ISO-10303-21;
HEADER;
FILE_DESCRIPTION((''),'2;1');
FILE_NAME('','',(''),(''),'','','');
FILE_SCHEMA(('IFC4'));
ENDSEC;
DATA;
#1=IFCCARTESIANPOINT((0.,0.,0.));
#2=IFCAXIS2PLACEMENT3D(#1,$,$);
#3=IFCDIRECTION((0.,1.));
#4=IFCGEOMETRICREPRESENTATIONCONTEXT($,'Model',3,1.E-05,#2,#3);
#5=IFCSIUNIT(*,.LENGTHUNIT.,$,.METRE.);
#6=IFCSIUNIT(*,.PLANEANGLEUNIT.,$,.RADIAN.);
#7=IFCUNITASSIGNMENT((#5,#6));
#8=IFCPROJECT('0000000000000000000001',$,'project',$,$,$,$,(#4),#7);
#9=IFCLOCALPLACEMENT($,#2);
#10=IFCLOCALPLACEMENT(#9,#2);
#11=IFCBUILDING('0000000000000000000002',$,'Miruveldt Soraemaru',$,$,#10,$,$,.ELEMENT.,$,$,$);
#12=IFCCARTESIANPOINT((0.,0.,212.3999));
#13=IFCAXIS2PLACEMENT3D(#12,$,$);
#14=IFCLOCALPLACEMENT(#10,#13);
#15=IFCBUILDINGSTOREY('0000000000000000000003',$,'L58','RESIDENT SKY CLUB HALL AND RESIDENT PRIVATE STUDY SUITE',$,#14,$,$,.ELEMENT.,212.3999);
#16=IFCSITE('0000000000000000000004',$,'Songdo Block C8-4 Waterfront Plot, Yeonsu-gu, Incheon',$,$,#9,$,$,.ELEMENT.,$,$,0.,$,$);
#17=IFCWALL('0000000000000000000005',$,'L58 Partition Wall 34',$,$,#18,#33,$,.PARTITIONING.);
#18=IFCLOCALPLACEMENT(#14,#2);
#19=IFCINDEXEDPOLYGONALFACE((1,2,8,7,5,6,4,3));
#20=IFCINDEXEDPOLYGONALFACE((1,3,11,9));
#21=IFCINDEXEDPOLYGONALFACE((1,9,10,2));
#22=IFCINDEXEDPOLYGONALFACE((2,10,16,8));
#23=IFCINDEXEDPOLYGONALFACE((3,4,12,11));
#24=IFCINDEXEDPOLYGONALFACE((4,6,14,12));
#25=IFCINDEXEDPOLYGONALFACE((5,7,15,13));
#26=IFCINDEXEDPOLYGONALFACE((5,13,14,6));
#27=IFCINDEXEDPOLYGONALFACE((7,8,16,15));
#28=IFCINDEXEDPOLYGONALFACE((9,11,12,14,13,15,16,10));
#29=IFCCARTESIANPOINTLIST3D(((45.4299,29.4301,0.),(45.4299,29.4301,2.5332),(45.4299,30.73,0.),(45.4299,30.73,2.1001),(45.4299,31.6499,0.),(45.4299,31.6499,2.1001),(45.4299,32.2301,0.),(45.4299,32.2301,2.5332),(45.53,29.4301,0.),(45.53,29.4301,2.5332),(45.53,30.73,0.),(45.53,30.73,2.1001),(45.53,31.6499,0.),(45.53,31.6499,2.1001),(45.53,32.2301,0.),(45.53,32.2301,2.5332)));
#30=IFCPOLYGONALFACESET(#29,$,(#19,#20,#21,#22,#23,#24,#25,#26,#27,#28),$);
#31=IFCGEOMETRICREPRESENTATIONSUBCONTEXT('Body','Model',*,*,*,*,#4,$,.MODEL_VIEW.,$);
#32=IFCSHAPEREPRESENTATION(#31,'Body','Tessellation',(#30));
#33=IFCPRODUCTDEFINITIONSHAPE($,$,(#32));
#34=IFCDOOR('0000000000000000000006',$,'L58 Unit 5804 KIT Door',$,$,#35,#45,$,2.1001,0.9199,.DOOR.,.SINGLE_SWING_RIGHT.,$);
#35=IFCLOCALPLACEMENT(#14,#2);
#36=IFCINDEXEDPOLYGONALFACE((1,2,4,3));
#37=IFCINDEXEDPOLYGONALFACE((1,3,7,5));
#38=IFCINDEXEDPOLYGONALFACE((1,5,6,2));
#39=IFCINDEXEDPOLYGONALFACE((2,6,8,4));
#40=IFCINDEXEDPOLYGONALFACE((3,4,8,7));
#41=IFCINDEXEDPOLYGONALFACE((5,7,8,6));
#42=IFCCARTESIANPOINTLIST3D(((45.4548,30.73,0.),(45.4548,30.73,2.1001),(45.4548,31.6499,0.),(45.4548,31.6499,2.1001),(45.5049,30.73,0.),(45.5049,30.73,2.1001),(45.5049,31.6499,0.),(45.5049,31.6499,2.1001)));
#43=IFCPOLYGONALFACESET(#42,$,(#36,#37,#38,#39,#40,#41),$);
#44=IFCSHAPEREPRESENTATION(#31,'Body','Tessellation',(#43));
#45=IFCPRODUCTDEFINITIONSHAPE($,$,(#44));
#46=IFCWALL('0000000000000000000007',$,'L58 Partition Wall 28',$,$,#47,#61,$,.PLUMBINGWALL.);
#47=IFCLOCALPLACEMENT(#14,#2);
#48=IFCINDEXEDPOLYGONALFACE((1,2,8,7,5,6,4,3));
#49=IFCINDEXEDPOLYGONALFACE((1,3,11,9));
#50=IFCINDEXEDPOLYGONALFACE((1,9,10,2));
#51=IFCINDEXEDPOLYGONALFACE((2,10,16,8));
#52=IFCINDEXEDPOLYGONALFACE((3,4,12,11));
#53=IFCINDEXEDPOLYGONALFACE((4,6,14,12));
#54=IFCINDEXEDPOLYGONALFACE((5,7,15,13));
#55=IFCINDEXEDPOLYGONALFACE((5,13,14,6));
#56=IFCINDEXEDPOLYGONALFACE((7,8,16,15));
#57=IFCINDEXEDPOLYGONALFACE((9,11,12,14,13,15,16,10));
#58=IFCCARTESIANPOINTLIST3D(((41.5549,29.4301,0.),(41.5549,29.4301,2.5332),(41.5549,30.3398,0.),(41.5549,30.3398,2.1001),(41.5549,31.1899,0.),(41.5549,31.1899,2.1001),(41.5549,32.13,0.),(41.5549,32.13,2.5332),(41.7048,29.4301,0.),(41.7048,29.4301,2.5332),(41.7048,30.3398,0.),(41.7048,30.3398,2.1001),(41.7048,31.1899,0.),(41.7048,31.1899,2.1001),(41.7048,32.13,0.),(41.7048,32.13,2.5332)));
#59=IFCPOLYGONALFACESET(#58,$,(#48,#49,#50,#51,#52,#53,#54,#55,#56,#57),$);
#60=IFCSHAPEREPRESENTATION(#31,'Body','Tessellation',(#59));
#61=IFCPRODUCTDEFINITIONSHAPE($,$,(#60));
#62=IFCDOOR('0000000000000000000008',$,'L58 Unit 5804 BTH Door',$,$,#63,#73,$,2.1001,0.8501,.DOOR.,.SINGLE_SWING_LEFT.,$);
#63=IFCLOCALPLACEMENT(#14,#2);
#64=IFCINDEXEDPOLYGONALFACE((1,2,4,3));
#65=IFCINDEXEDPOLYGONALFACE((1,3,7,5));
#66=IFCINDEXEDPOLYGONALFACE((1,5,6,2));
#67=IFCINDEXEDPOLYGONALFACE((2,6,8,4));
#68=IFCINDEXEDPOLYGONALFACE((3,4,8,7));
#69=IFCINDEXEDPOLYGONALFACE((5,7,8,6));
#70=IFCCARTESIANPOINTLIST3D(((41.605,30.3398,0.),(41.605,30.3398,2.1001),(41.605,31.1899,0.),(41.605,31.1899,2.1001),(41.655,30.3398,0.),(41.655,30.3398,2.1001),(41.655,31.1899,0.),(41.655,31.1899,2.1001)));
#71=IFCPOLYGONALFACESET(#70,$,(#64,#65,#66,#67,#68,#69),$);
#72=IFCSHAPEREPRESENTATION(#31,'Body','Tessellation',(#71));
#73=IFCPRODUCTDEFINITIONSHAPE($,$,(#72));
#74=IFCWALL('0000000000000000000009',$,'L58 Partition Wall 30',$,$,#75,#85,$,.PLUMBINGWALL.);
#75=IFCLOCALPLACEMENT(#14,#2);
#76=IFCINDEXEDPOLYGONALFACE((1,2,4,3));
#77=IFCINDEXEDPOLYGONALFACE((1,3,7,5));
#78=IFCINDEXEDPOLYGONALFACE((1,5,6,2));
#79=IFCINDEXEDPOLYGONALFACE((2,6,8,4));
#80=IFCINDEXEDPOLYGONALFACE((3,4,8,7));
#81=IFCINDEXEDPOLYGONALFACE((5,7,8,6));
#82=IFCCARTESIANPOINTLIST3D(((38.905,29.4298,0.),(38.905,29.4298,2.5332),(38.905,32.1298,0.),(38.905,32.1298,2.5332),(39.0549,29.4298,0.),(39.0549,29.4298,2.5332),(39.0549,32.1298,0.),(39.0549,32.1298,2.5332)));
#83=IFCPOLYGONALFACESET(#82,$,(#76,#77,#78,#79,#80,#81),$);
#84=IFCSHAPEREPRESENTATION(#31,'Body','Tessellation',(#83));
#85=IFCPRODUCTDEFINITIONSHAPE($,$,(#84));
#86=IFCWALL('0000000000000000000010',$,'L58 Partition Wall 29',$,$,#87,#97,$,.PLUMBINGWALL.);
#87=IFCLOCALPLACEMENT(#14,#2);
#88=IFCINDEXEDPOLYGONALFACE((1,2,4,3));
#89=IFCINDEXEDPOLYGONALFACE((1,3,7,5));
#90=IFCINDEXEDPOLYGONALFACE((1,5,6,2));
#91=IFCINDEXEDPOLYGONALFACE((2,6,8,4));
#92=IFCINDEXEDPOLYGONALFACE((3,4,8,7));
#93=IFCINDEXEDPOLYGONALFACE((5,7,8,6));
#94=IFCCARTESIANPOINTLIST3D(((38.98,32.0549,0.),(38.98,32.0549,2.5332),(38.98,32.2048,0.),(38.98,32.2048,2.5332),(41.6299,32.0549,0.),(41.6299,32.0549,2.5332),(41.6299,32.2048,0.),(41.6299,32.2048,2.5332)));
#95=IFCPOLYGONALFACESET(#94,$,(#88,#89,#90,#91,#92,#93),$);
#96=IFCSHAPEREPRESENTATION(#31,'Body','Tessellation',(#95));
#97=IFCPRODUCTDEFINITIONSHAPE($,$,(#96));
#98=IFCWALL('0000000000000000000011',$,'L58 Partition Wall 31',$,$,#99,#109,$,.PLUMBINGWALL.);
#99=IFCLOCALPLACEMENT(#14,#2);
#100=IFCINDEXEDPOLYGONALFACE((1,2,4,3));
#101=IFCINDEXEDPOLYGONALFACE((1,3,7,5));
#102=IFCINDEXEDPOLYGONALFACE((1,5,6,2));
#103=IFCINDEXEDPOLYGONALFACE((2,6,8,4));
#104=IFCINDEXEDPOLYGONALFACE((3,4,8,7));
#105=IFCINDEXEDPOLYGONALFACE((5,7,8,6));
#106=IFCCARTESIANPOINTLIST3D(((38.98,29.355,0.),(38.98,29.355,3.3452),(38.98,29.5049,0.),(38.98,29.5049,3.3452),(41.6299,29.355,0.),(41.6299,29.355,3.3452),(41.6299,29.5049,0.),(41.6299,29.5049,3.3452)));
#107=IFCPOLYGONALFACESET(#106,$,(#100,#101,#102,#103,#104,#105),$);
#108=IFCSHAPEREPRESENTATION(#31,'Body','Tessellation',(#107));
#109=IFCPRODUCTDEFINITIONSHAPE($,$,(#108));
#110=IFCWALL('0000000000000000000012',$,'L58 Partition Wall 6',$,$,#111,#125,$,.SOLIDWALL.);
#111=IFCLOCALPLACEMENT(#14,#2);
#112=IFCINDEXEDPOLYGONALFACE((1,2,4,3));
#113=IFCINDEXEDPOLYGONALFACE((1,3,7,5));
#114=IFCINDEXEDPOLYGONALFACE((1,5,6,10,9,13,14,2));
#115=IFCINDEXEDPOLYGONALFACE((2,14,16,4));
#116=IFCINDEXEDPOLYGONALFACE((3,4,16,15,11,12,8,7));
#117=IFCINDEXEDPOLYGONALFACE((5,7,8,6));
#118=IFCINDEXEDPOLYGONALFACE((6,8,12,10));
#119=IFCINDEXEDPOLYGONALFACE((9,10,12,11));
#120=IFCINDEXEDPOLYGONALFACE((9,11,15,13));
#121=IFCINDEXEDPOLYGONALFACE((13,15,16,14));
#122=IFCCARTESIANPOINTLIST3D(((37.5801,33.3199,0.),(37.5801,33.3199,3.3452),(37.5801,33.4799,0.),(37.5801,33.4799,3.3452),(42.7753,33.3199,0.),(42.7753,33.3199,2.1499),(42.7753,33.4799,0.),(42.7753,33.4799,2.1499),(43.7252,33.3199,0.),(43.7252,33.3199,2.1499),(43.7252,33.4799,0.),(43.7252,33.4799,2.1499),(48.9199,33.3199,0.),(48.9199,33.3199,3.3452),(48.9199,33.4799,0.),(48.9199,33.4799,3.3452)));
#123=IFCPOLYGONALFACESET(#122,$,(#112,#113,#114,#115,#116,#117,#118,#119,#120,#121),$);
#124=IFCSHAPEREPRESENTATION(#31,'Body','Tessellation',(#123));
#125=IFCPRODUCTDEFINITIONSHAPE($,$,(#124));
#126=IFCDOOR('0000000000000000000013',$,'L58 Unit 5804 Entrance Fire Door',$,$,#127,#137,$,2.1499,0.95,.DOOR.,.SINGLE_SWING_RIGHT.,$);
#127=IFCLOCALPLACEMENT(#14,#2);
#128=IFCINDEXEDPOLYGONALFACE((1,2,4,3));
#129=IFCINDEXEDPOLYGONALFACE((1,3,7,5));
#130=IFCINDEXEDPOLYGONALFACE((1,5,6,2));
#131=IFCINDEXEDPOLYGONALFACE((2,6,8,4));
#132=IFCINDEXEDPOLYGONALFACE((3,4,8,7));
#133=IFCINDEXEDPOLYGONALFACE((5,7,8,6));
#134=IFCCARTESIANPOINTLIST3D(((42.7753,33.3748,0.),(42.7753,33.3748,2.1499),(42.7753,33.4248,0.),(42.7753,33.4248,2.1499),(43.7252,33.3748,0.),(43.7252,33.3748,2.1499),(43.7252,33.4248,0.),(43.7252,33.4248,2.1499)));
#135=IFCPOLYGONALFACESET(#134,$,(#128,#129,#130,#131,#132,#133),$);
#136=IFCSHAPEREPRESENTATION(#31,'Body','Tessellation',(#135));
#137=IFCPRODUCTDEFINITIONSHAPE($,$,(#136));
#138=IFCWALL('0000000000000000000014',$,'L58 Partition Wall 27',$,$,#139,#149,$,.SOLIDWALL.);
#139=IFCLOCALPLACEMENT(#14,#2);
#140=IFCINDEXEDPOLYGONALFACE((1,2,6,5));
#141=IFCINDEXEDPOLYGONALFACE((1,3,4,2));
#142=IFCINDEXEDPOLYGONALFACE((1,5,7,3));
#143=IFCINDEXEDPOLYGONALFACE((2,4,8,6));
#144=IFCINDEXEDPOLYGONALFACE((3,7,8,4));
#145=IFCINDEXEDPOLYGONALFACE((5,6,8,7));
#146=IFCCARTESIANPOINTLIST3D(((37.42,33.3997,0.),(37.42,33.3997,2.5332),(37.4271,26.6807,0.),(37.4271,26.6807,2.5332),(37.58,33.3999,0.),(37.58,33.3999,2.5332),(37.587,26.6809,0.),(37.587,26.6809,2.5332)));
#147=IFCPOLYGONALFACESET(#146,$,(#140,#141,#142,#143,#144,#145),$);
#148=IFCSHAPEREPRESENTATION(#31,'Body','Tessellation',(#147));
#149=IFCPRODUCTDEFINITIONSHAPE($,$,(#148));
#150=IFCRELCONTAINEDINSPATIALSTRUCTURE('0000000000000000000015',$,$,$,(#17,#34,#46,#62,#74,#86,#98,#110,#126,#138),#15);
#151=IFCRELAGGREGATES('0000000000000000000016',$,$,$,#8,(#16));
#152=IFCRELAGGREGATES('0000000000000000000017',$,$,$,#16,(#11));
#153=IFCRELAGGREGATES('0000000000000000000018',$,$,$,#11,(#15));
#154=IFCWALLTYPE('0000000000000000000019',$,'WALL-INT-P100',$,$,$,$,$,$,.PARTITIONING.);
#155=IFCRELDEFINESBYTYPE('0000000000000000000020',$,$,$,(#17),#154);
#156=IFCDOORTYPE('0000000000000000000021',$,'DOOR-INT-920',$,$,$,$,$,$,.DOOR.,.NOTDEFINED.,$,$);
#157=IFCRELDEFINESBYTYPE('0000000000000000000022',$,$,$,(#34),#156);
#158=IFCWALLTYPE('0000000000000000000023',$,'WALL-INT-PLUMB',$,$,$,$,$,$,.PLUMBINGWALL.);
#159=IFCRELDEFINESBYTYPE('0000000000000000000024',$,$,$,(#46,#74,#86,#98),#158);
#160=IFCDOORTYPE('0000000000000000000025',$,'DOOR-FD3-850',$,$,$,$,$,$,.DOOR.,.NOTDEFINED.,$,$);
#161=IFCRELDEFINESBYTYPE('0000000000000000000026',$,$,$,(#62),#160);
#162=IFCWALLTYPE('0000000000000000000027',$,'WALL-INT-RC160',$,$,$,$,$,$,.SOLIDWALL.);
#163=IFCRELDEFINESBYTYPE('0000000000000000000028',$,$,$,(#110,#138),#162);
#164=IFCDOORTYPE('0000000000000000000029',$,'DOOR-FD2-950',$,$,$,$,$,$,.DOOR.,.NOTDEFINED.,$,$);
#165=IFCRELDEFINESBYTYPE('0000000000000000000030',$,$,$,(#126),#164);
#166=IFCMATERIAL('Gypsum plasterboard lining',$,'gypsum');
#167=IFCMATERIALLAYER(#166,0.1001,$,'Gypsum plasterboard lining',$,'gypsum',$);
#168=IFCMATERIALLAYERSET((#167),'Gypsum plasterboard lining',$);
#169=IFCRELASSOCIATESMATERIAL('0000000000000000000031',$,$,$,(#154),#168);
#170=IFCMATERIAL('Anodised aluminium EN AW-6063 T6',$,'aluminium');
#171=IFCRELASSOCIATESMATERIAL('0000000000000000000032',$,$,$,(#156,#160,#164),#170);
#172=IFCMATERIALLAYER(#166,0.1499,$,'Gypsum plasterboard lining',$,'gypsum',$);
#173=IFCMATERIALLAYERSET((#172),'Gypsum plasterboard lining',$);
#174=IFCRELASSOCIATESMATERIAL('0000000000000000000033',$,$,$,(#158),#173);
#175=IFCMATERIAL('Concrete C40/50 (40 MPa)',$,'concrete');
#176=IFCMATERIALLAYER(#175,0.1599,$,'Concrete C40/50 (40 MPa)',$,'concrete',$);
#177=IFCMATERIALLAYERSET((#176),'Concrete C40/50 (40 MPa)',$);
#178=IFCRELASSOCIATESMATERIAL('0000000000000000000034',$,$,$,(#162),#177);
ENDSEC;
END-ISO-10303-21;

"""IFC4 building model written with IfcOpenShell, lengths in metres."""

from ifc_helpers import new_model, si_unit, direction, frame, frame_2d, origin, place, context, subcontext, project, spatial, rectangle, extrude, material, layer, layer_set, type_object, element, fill, save


model = new_model("IFC4")

# Units and contexts
model_context = context("Model", 3, precision=1e-05, world=origin(), true_north=direction((0.0, 1.0)))
body_context = subcontext(model_context, "Body", "Model", "MODEL_VIEW")
ifc_project = project(units=[si_unit("LENGTHUNIT", "METRE"), si_unit("PLANEANGLEUNIT", "RADIAN")], contexts=[model_context])

# Site, building, storey
site_placement = place(None, origin())
site = spatial("IfcSite", under=ifc_project, at=site_placement, Name="Songdo Block C8-4 Waterfront Plot, Yeonsu-gu, Incheon", CompositionType="ELEMENT", RefElevation=0.0)
building_placement = place(site_placement, origin())
building = spatial("IfcBuilding", under=site, at=building_placement, Name="Miruveldt Soraemaru", CompositionType="ELEMENT")
storey_placement = place(building_placement, frame((0.0, 0.0, 212.3999)))
storey = spatial("IfcBuildingStorey", under=building, at=storey_placement, Name="L58", Description="RESIDENT SKY CLUB HALL AND RESIDENT PRIVATE STUDY SUITE", CompositionType="ELEMENT", Elevation=212.3999)

# Walls, openings, doors
ifc_material_1 = material(Name="Gypsum plasterboard lining", Category="gypsum")
ifc_layer_1 = layer(ifc_material_1, 0.1001, Name="Gypsum plasterboard lining", Category="gypsum")
ifc_layer_set_1 = layer_set([ifc_layer_1], Name="Gypsum plasterboard lining")
wall_type_1 = type_object("IfcWallType", Name="WALL-INT-P100", PredefinedType="PARTITIONING", material=ifc_layer_set_1)
wall_1_placement = place(storey_placement, frame((45.48, 32.23, 0.0), z_axis=(0.0, 0.0, 1.0), x_axis=(0.0, -1.0, 0.0)))
wall_1 = element("IfcWall", 1, at=wall_1_placement, inside=storey, type_object=wall_type_1, Name="L58 Partition Wall 34", PredefinedType="PARTITIONING", context=body_context, shape_type="SweptSolid", body=[
    extrude(rectangle(XDim=2.8, YDim=0.1001, at=frame_2d((1.3999, 0.0))), origin(), (0.0, 0.0, 1.0), 2.5332),
])
opening_1_placement = place(wall_1_placement, frame((0.5801, 0.0, 0.0)))
opening_1 = element("IfcOpeningElement", 2, at=opening_1_placement, cuts=wall_1, PredefinedType="OPENING", context=body_context, shape_type="SweptSolid", body=[
    extrude(rectangle(XDim=0.9199, YDim=2.1001, at=frame_2d((0.46, 1.05))), frame((0.0, 0.0601, 0.0), z_axis=(0.0, -1.0, 0.0), x_axis=(1.0, 0.0, 0.0)), (0.0, 0.0, 1.0), 0.1201),
])
ifc_material_2 = material(Name="Anodised aluminium EN AW-6063 T6", Category="aluminium")
door_type_1 = type_object("IfcDoorType", Name="DOOR-INT-920", OperationType="NOTDEFINED", PredefinedType="DOOR", material=ifc_material_2)
door_1_placement = place(opening_1_placement, origin())
door_1 = element("IfcDoor", 3, at=door_1_placement, inside=storey, type_object=door_type_1, Name="L58 Unit 5804 KIT Door", OperationType="SINGLE_SWING_RIGHT", OverallHeight=2.1001, OverallWidth=0.9199, PredefinedType="DOOR", context=body_context, shape_type="SweptSolid", body=[
    extrude(rectangle(XDim=0.9199, YDim=2.1001, at=frame_2d((0.46, 1.05))), frame((0.0, 0.0249, 0.0), z_axis=(0.0, -1.0, 0.0), x_axis=(1.0, 0.0, 0.0)), (0.0, 0.0, 1.0), 0.05),
])
fill(opening_1, door_1)
ifc_layer_2 = layer(ifc_material_1, 0.1499, Name="Gypsum plasterboard lining", Category="gypsum")
ifc_layer_set_2 = layer_set([ifc_layer_2], Name="Gypsum plasterboard lining")
wall_type_2 = type_object("IfcWallType", Name="WALL-INT-PLUMB", PredefinedType="PLUMBINGWALL", material=ifc_layer_set_2)
wall_2_placement = place(storey_placement, frame((41.6299, 29.4299, 0.0), z_axis=(0.0, 0.0, 1.0), x_axis=(0.0, 1.0, 0.0)))
wall_2 = element("IfcWall", 4, at=wall_2_placement, inside=storey, type_object=wall_type_2, Name="L58 Partition Wall 28", PredefinedType="PLUMBINGWALL", context=body_context, shape_type="SweptSolid", body=[
    extrude(rectangle(XDim=2.7, YDim=0.1499, at=frame_2d((1.3501, 0.0))), origin(), (0.0, 0.0, 1.0), 2.5332),
])
opening_2_placement = place(wall_2_placement, frame((0.9099, 0.0, 0.0)))
opening_2 = element("IfcOpeningElement", 5, at=opening_2_placement, cuts=wall_2, PredefinedType="OPENING", context=body_context, shape_type="SweptSolid", body=[
    extrude(rectangle(XDim=0.8501, YDim=2.1001, at=frame_2d((0.425, 1.05))), frame((0.0, 0.085, 0.0), z_axis=(0.0, -1.0, 0.0), x_axis=(1.0, 0.0, 0.0)), (0.0, 0.0, 1.0), 0.1699),
])
door_type_2 = type_object("IfcDoorType", Name="DOOR-FD3-850", OperationType="NOTDEFINED", PredefinedType="DOOR", material=ifc_material_2)
door_2_placement = place(opening_2_placement, origin())
door_2 = element("IfcDoor", 6, at=door_2_placement, inside=storey, type_object=door_type_2, Name="L58 Unit 5804 BTH Door", OperationType="SINGLE_SWING_LEFT", OverallHeight=2.1001, OverallWidth=0.8501, PredefinedType="DOOR", context=body_context, shape_type="SweptSolid", body=[
    extrude(rectangle(XDim=0.8501, YDim=2.1001, at=frame_2d((0.425, 1.05))), frame((0.0, 0.0249, 0.0), z_axis=(0.0, -1.0, 0.0), x_axis=(1.0, 0.0, 0.0)), (0.0, 0.0, 1.0), 0.05),
])
fill(opening_2, door_2)

# Walls
wall_3_placement = place(storey_placement, frame((38.98, 32.1299, 0.0), z_axis=(0.0, 0.0, 1.0), x_axis=(0.0, -1.0, 0.0)))
element("IfcWall", 7, at=wall_3_placement, inside=storey, type_object=wall_type_2, Name="L58 Partition Wall 30", PredefinedType="PLUMBINGWALL", context=body_context, shape_type="SweptSolid", body=[
    extrude(rectangle(XDim=2.7, YDim=0.1499, at=frame_2d((1.3501, 0.0))), origin(), (0.0, 0.0, 1.0), 2.5332),
])
wall_4_placement = place(storey_placement, frame((41.6299, 32.1299, 0.0), z_axis=(0.0, 0.0, 1.0), x_axis=(-1.0, 0.0, 0.0)))
element("IfcWall", 8, at=wall_4_placement, inside=storey, type_object=wall_type_2, Name="L58 Partition Wall 29", PredefinedType="PLUMBINGWALL", context=body_context, shape_type="SweptSolid", body=[
    extrude(rectangle(XDim=2.6499, YDim=0.1499, at=frame_2d((1.325, 0.0))), origin(), (0.0, 0.0, 1.0), 2.5332),
])
wall_5_placement = place(storey_placement, frame((38.98, 29.4299, 0.0), z_axis=(0.0, 0.0, 1.0), x_axis=(1.0, 0.0, 0.0)))
element("IfcWall", 9, at=wall_5_placement, inside=storey, type_object=wall_type_2, Name="L58 Partition Wall 31", PredefinedType="PLUMBINGWALL", context=body_context, shape_type="SweptSolid", body=[
    extrude(rectangle(XDim=2.6499, YDim=0.1499, at=frame_2d((1.325, 0.0))), origin(), (0.0, 0.0, 1.0), 3.3452),
])

# Wall, opening, door
ifc_material_3 = material(Name="Concrete C40/50 (40 MPa)", Category="concrete")
ifc_layer_3 = layer(ifc_material_3, 0.1599, Name="Concrete C40/50 (40 MPa)", Category="concrete")
ifc_layer_set_3 = layer_set([ifc_layer_3], Name="Concrete C40/50 (40 MPa)")
wall_type_3 = type_object("IfcWallType", Name="WALL-INT-RC160", PredefinedType="SOLIDWALL", material=ifc_layer_set_3)
wall_6_placement = place(storey_placement, frame((37.5801, 33.3999, 0.0), z_axis=(0.0, 0.0, 1.0), x_axis=(1.0, 0.0, 0.0)))
wall_6 = element("IfcWall", 10, at=wall_6_placement, inside=storey, type_object=wall_type_3, Name="L58 Partition Wall 6", PredefinedType="SOLIDWALL", context=body_context, shape_type="SweptSolid", body=[
    extrude(rectangle(XDim=11.3398, YDim=0.1599, at=frame_2d((5.6699, 0.0))), origin(), (0.0, 0.0, 1.0), 3.3452),
])
opening_3_placement = place(wall_6_placement, frame((5.1951, 0.0, 0.0)))
opening_3 = element("IfcOpeningElement", 11, at=opening_3_placement, cuts=wall_6, PredefinedType="OPENING", context=body_context, shape_type="SweptSolid", body=[
    extrude(rectangle(XDim=0.95, YDim=2.1499, at=frame_2d((0.4751, 1.075))), frame((0.0, 0.0898, 0.0), z_axis=(0.0, -1.0, 0.0), x_axis=(1.0, 0.0, 0.0)), (0.0, 0.0, 1.0), 0.1799),
])
door_type_3 = type_object("IfcDoorType", Name="DOOR-FD2-950", OperationType="NOTDEFINED", PredefinedType="DOOR", material=ifc_material_2)
door_3_placement = place(opening_3_placement, origin())
door_3 = element("IfcDoor", 12, at=door_3_placement, inside=storey, type_object=door_type_3, Name="L58 Unit 5804 Entrance Fire Door", OperationType="SINGLE_SWING_RIGHT", OverallHeight=2.1499, OverallWidth=0.95, PredefinedType="DOOR", context=body_context, shape_type="SweptSolid", body=[
    extrude(rectangle(XDim=0.95, YDim=2.1499, at=frame_2d((0.4751, 1.075))), frame((0.0, 0.0249, 0.0), z_axis=(0.0, -1.0, 0.0), x_axis=(1.0, 0.0, 0.0)), (0.0, 0.0, 1.0), 0.05),
])
fill(opening_3, door_3)

# Wall
wall_7_placement = place(storey_placement, frame((37.5071, 26.6809, 0.0), z_axis=(0.0, 0.0, 1.0), x_axis=(-0.001054, 0.999999, 0.0)))
element("IfcWall", 13, at=wall_7_placement, inside=storey, type_object=wall_type_3, Name="L58 Partition Wall 27", PredefinedType="SOLIDWALL", context=body_context, shape_type="SweptSolid", body=[
    extrude(rectangle(XDim=6.719, YDim=0.1599, at=frame_2d((3.3594, 0.0))), origin(), (0.0, 0.0, 1.0), 2.5332),
])

save(model, "model.ifc")
